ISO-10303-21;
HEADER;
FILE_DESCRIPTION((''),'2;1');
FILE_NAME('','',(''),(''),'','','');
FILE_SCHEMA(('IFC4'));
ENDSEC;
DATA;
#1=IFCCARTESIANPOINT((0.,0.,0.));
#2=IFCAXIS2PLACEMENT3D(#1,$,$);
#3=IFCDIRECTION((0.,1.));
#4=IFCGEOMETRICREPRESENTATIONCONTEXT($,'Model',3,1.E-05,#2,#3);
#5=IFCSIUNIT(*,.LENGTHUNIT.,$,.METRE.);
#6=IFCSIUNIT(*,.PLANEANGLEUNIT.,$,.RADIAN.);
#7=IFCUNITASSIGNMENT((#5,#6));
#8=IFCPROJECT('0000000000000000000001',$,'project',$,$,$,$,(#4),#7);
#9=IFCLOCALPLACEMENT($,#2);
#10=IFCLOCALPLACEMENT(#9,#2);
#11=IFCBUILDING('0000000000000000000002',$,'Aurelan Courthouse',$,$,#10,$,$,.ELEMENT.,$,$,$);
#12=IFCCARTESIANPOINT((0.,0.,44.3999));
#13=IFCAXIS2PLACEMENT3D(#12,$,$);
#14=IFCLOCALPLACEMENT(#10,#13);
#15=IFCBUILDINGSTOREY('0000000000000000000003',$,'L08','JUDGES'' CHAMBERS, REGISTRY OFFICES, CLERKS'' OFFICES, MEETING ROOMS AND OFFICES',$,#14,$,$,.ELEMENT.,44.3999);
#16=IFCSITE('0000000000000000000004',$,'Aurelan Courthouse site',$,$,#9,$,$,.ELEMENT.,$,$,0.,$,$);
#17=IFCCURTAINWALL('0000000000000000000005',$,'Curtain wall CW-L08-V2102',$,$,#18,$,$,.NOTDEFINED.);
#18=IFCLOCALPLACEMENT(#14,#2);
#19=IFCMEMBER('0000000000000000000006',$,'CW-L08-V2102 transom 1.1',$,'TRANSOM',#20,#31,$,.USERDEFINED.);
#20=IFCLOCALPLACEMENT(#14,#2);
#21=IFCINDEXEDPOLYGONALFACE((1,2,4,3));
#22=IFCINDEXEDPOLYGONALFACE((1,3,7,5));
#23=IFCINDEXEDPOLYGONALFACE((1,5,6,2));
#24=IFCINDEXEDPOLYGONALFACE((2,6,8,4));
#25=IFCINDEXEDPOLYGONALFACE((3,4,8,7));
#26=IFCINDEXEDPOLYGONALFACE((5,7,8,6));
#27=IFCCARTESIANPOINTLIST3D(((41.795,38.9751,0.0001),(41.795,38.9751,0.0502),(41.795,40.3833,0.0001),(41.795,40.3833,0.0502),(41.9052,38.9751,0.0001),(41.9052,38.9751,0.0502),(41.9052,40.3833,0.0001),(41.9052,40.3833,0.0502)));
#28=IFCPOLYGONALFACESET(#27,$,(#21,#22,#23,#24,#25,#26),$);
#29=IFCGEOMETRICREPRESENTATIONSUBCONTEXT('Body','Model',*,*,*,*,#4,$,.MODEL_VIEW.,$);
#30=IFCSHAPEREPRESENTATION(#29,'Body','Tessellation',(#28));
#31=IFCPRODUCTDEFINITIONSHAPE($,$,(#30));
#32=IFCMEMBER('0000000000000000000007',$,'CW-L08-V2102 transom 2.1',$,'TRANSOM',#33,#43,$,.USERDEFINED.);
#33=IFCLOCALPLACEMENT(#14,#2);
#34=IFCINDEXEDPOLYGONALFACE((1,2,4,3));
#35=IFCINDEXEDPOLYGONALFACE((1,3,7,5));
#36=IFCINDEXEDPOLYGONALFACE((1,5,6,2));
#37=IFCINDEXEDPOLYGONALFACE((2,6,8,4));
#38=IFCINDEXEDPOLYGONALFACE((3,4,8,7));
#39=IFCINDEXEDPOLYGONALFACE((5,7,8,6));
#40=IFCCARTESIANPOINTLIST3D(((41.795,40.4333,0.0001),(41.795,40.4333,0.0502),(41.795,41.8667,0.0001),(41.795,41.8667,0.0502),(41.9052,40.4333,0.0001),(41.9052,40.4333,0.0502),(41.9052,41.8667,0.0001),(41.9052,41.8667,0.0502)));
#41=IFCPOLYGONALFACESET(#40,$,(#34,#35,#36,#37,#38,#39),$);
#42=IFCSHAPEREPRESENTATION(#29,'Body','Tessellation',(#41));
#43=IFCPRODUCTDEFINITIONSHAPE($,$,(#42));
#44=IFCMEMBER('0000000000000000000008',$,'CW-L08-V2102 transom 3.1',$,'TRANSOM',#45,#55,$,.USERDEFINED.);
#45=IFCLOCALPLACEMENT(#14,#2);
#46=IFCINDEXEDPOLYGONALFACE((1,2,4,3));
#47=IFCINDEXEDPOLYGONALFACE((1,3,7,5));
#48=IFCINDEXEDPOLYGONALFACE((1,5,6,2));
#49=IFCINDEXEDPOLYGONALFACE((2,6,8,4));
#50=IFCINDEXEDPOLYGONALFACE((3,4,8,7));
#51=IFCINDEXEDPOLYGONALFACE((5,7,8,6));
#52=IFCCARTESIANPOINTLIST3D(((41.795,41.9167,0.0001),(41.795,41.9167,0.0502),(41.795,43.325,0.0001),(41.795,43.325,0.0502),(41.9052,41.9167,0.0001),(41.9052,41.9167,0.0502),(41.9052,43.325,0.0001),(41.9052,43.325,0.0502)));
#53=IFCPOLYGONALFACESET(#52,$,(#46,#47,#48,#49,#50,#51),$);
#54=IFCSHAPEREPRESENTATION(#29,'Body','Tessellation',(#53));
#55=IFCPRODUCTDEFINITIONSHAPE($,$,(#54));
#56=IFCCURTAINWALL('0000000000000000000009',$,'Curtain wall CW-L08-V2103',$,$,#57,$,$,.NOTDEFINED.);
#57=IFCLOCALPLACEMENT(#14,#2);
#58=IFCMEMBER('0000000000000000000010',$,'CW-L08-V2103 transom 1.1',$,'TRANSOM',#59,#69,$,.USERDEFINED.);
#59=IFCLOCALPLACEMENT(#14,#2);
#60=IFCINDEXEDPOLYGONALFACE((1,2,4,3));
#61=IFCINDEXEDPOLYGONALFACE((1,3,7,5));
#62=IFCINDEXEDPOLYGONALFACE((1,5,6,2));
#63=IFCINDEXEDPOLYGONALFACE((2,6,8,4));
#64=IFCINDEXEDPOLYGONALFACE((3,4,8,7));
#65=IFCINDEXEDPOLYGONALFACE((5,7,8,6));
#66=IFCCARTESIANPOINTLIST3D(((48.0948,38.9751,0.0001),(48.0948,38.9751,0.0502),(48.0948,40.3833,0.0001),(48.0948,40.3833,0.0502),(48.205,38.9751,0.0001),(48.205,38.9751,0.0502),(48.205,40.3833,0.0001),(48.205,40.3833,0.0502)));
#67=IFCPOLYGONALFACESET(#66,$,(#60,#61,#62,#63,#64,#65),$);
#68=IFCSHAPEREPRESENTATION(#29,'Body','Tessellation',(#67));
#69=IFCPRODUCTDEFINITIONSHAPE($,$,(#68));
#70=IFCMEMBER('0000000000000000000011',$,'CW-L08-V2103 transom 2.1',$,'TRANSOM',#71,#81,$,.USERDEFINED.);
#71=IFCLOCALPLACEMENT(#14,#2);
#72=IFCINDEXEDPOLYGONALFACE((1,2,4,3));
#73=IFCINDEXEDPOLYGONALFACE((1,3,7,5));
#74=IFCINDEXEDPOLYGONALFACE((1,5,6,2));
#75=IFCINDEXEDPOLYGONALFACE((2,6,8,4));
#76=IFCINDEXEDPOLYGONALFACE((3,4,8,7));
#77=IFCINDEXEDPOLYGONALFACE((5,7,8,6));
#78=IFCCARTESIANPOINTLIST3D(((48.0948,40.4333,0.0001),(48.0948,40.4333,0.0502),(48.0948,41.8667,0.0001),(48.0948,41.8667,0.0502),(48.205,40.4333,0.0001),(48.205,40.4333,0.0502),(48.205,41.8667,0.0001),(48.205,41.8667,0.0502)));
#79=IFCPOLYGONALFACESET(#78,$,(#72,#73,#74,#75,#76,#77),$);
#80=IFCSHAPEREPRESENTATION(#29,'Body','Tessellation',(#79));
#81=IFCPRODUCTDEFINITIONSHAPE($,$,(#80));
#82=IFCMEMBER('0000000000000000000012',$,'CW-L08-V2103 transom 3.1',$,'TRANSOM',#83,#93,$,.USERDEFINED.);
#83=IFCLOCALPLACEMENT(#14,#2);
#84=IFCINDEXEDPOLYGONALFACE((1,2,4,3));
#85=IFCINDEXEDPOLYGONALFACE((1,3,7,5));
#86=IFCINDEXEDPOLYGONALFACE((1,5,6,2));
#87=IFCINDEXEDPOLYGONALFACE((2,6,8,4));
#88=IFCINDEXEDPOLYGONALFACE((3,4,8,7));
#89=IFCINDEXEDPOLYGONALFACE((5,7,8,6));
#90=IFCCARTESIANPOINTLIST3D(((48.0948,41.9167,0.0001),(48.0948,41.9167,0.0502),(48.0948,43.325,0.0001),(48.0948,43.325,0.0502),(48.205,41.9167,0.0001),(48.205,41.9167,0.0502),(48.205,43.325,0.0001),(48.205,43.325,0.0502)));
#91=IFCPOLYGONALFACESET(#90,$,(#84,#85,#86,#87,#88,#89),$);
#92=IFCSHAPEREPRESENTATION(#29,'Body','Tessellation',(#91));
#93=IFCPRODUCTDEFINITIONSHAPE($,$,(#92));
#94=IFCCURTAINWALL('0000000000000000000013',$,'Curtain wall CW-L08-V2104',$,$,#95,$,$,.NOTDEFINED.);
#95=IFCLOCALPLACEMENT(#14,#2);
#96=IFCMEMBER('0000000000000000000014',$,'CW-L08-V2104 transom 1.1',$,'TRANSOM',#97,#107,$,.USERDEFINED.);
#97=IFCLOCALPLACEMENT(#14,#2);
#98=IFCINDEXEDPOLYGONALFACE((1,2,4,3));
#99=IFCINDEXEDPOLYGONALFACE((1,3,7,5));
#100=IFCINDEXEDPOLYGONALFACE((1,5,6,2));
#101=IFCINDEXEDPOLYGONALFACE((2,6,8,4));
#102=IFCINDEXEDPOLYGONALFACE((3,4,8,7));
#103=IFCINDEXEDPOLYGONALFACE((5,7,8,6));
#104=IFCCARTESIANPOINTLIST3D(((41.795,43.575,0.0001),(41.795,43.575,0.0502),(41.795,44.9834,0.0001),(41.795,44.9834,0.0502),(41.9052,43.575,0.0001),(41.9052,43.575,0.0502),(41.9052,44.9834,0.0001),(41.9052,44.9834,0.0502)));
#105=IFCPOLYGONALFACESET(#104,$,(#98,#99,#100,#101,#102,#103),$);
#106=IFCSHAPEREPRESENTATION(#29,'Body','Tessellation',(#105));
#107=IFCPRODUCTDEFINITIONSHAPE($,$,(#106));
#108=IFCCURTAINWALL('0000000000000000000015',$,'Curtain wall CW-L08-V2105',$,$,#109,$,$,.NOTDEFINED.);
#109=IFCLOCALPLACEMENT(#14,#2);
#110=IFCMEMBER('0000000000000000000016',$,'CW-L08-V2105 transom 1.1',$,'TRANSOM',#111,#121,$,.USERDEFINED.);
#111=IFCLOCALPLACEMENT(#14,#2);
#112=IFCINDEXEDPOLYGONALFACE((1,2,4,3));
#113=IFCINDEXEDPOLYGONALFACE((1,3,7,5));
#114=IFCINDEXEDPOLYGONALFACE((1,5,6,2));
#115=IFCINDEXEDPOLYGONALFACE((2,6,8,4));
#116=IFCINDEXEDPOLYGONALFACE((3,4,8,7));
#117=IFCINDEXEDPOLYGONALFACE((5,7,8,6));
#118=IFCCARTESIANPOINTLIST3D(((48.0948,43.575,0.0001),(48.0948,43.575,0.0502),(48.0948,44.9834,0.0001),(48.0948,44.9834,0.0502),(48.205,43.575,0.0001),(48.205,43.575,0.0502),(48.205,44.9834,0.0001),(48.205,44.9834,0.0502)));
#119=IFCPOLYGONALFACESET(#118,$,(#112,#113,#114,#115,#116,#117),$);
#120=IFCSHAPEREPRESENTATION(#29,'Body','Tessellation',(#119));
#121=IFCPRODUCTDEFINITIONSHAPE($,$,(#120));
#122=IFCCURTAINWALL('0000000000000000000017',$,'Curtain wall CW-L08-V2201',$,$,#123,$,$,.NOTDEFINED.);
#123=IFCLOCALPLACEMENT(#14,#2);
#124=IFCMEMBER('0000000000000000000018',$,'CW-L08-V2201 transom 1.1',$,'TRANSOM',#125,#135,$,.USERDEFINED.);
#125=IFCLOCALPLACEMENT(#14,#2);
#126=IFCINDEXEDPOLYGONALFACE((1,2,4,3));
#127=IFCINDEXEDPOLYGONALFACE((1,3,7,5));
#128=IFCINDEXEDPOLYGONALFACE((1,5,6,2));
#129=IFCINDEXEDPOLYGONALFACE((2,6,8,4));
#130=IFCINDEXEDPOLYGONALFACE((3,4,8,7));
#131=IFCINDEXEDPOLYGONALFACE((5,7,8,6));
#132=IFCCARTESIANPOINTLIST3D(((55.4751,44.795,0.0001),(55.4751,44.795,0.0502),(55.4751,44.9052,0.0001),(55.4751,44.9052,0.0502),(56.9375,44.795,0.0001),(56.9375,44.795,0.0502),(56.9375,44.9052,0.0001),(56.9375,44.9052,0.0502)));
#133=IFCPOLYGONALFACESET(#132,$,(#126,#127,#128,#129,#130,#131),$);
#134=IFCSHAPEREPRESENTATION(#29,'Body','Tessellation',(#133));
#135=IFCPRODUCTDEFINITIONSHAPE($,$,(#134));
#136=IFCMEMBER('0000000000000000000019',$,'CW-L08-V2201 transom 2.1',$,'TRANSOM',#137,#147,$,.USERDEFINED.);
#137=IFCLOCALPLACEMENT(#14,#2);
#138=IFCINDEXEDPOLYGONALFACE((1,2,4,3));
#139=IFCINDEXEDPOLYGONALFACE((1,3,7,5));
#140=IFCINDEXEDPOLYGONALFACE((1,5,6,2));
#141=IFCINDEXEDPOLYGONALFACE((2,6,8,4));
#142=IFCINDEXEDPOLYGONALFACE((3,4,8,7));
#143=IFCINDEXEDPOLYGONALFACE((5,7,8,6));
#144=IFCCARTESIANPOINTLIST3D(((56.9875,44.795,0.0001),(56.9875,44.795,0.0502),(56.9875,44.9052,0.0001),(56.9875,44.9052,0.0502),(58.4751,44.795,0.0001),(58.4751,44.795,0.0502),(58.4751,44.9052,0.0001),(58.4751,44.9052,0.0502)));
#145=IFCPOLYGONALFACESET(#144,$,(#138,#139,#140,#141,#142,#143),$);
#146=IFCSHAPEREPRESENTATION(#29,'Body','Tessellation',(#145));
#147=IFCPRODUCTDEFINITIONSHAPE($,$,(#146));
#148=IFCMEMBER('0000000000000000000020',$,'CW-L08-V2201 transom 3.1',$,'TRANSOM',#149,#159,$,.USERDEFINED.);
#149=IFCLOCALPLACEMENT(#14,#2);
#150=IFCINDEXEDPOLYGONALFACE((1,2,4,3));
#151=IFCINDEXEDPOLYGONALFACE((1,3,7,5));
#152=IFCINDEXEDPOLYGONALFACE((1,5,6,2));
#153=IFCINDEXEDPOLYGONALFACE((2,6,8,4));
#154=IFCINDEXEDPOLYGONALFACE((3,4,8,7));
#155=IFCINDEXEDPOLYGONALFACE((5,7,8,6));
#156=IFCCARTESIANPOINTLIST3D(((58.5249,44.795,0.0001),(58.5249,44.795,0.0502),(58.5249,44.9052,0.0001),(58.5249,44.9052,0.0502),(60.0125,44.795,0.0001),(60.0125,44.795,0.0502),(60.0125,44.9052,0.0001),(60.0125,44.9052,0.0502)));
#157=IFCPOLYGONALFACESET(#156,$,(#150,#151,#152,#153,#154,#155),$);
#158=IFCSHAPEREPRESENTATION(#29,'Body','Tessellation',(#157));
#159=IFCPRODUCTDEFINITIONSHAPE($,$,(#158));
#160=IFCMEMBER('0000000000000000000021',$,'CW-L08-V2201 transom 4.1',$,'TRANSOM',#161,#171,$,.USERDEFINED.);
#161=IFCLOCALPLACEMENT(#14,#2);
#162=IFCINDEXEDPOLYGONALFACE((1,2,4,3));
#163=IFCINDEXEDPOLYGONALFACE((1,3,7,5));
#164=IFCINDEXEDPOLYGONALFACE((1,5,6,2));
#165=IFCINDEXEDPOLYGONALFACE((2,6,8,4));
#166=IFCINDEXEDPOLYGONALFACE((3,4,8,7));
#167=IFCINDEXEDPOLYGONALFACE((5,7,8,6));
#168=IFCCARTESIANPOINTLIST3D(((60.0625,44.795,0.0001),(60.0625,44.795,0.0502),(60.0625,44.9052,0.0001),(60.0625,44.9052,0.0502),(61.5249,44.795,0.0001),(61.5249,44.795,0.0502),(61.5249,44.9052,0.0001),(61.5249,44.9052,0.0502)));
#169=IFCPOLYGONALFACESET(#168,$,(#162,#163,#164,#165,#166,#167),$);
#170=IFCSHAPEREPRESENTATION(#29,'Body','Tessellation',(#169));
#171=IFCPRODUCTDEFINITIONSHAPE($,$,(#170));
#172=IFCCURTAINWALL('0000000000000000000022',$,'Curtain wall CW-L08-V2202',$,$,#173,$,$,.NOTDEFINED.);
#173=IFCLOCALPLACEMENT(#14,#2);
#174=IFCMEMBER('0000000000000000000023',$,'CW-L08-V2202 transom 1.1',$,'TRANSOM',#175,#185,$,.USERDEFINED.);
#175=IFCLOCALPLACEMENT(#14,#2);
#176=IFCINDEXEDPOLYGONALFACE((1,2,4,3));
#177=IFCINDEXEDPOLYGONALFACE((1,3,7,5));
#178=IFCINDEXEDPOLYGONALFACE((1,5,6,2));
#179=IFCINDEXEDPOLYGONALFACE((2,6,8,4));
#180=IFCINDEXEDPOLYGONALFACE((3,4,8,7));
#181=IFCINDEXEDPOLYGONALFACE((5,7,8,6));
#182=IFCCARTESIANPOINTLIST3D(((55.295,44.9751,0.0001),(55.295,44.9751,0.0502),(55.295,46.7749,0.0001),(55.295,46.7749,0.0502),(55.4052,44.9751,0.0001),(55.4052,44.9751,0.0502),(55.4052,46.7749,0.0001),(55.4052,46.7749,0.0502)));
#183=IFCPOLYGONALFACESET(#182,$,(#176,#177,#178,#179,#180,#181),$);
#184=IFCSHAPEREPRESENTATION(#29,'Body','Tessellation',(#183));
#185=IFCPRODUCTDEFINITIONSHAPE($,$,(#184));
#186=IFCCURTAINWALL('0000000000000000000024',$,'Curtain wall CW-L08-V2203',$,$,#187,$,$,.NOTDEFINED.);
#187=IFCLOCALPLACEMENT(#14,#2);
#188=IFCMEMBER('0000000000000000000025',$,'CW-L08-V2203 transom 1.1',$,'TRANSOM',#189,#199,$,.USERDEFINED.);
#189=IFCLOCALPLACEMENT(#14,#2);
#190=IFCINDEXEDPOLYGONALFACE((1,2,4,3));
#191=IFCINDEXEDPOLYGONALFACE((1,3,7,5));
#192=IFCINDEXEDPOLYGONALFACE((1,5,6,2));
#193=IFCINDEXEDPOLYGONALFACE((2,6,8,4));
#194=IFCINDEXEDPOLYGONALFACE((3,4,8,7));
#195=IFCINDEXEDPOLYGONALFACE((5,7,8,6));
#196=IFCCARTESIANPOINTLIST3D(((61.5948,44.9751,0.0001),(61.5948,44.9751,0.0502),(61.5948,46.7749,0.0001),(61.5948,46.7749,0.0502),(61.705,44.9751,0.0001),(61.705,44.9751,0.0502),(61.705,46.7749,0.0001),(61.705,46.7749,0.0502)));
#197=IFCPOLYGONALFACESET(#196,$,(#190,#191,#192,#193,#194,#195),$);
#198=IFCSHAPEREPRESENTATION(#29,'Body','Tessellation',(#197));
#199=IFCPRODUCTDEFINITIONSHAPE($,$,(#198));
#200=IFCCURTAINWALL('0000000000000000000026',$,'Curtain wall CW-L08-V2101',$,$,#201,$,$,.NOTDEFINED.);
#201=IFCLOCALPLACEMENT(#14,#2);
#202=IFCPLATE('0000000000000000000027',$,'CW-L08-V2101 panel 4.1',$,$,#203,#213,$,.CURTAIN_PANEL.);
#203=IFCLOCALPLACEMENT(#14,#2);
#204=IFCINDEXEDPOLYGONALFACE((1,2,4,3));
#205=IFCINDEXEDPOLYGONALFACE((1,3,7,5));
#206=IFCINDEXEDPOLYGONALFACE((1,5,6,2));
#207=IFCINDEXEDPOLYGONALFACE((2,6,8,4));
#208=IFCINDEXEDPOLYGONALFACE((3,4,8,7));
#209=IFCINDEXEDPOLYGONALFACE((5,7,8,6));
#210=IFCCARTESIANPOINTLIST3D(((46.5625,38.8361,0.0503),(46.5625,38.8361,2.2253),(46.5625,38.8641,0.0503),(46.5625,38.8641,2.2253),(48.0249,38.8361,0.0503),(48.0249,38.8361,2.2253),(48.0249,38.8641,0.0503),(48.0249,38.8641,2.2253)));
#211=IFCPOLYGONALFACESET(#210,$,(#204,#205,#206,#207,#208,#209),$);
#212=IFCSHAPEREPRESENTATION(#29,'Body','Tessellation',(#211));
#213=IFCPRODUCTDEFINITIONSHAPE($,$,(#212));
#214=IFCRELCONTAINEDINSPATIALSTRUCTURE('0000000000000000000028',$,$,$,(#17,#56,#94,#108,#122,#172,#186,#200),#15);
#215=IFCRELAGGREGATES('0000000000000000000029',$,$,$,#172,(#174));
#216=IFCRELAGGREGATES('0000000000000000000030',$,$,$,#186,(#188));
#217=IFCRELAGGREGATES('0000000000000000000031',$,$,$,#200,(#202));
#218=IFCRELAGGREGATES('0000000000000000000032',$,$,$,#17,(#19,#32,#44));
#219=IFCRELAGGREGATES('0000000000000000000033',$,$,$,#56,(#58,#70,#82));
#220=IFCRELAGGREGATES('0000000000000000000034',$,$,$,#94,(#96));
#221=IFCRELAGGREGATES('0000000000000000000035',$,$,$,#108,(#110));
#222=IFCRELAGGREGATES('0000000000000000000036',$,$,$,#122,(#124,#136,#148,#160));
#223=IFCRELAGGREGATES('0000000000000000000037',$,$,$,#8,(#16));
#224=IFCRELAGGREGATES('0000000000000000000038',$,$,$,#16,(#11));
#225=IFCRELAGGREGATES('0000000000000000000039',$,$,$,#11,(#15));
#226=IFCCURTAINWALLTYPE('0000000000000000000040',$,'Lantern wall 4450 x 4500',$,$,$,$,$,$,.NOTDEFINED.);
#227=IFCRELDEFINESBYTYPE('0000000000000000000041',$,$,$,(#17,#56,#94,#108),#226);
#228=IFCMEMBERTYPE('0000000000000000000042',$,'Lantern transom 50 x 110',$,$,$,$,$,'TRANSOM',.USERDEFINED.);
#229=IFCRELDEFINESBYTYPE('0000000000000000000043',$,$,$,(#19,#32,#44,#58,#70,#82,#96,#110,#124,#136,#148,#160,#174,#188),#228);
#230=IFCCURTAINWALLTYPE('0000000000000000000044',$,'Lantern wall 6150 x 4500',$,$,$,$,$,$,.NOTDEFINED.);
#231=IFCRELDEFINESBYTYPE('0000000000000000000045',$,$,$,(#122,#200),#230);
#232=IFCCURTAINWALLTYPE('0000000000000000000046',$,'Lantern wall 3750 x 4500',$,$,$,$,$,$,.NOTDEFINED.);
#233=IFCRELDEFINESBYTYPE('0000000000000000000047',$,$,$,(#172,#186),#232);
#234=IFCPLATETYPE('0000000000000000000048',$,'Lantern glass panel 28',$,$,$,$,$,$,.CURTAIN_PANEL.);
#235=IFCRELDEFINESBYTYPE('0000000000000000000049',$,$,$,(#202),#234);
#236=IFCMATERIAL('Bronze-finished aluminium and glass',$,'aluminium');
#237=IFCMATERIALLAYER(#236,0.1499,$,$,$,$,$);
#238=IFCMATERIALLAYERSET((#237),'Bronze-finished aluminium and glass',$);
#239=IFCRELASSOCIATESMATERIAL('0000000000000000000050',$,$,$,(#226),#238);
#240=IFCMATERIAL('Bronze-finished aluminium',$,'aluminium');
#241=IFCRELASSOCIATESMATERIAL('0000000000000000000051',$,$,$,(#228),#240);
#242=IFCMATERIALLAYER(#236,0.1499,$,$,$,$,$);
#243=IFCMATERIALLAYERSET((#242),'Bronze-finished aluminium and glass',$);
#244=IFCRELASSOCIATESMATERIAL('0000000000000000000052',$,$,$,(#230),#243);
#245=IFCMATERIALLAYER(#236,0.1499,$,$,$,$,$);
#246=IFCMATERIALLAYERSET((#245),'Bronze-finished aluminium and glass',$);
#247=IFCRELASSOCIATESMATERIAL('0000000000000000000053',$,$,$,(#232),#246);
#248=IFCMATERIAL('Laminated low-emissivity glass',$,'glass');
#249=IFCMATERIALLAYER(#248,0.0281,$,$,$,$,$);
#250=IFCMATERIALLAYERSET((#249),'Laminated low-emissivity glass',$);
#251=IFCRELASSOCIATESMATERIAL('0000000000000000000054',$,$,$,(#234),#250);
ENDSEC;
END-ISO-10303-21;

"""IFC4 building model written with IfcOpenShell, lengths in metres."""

from ifc_helpers import new_model, si_unit, direction, frame, origin, origin_2d, place, context, subcontext, project, spatial, rectangle, extrude, material, layer, layer_set, material_profile, profile_set, type_object, element, aggregate, save


model = new_model("IFC4")

# Units and contexts
model_context = context("Model", 3, precision=1e-05, world=origin(), true_north=direction((0.0, 1.0)))
body_context = subcontext(model_context, "Body", "Model", "MODEL_VIEW")
ifc_project = project(units=[si_unit("LENGTHUNIT", "METRE"), si_unit("PLANEANGLEUNIT", "RADIAN")], contexts=[model_context])

# Site, building, storey
site_placement = place(None, origin())
site = spatial("IfcSite", under=ifc_project, at=site_placement, Name="Aurelan Courthouse site", CompositionType="ELEMENT", RefElevation=0.0)
building_placement = place(site_placement, origin())
building = spatial("IfcBuilding", under=site, at=building_placement, Name="Aurelan Courthouse", CompositionType="ELEMENT")
storey_placement = place(building_placement, frame((0.0, 0.0, 44.3999)))
storey = spatial("IfcBuildingStorey", under=building, at=storey_placement, Name="L08", Description="JUDGES' CHAMBERS, REGISTRY OFFICES, CLERKS' OFFICES, MEETING ROOMS AND OFFICES", CompositionType="ELEMENT", Elevation=44.3999)

# Curtain walls, members
ifc_material_1 = material(Name="Bronze-finished aluminium and glass", Category="aluminium")
ifc_layer_1 = layer(ifc_material_1, 0.1499)
ifc_layer_set_1 = layer_set([ifc_layer_1], Name="Bronze-finished aluminium and glass")
curtain_wall_type_1 = type_object("IfcCurtainWallType", Name="Lantern wall 4450 x 4500", PredefinedType="NOTDEFINED", material=ifc_layer_set_1)
curtain_wall_1_placement = place(storey_placement, origin())
curtain_wall_1 = element("IfcCurtainWall", 1, at=curtain_wall_1_placement, inside=storey, type_object=curtain_wall_type_1, Name="Curtain wall CW-L08-V2102", PredefinedType="NOTDEFINED")
ifc_material_2 = material(Name="Bronze-finished aluminium", Category="aluminium")
ifc_material_profile = material_profile(ifc_material_2, rectangle(XDim=0.1101, YDim=0.05, at=origin_2d()), Name="Lantern transom 50 x 110")
ifc_profile_set = profile_set([ifc_material_profile], Name="Bronze-finished aluminium")
member_type = type_object("IfcMemberType", Name="Lantern transom 50 x 110", ElementType="TRANSOM", PredefinedType="USERDEFINED", material=ifc_profile_set)
member_1_placement = place(storey_placement, frame((41.8501, 38.9751, 0.0251), z_axis=(0.0, 1.0, 0.0), x_axis=(-1.0, 0.0, 0.0)))
member_1 = element("IfcMember", 2, at=member_1_placement, type_object=member_type, Name="CW-L08-V2102 transom 1.1", ObjectType="TRANSOM", PredefinedType="USERDEFINED", context=body_context, shape_type="SweptSolid", body=[
    extrude(rectangle(XDim=0.1101, YDim=0.05, at=origin_2d()), origin(), (0.0, 0.0, 1.0), 1.4082),
])
member_2_placement = place(storey_placement, frame((41.8501, 40.4333, 0.0251), z_axis=(0.0, 1.0, 0.0), x_axis=(-1.0, 0.0, 0.0)))
member_2 = element("IfcMember", 3, at=member_2_placement, type_object=member_type, Name="CW-L08-V2102 transom 2.1", ObjectType="TRANSOM", PredefinedType="USERDEFINED", context=body_context, shape_type="SweptSolid", body=[
    extrude(rectangle(XDim=0.1101, YDim=0.05, at=origin_2d()), origin(), (0.0, 0.0, 1.0), 1.4333),
])
member_3_placement = place(storey_placement, frame((41.8501, 41.9167, 0.0251), z_axis=(0.0, 1.0, 0.0), x_axis=(-1.0, 0.0, 0.0)))
member_3 = element("IfcMember", 4, at=member_3_placement, type_object=member_type, Name="CW-L08-V2102 transom 3.1", ObjectType="TRANSOM", PredefinedType="USERDEFINED", context=body_context, shape_type="SweptSolid", body=[
    extrude(rectangle(XDim=0.1101, YDim=0.05, at=origin_2d()), origin(), (0.0, 0.0, 1.0), 1.4082),
])
curtain_wall_2_placement = place(storey_placement, origin())
curtain_wall_2 = element("IfcCurtainWall", 5, at=curtain_wall_2_placement, inside=storey, type_object=curtain_wall_type_1, Name="Curtain wall CW-L08-V2103", PredefinedType="NOTDEFINED")
member_4_placement = place(storey_placement, frame((48.1499, 38.9751, 0.0251), z_axis=(0.0, 1.0, 0.0), x_axis=(-1.0, 0.0, 0.0)))
member_4 = element("IfcMember", 6, at=member_4_placement, type_object=member_type, Name="CW-L08-V2103 transom 1.1", ObjectType="TRANSOM", PredefinedType="USERDEFINED", context=body_context, shape_type="SweptSolid", body=[
    extrude(rectangle(XDim=0.1101, YDim=0.05, at=origin_2d()), origin(), (0.0, 0.0, 1.0), 1.4082),
])
member_5_placement = place(storey_placement, frame((48.1499, 40.4333, 0.0251), z_axis=(0.0, 1.0, 0.0), x_axis=(-1.0, 0.0, 0.0)))
member_5 = element("IfcMember", 7, at=member_5_placement, type_object=member_type, Name="CW-L08-V2103 transom 2.1", ObjectType="TRANSOM", PredefinedType="USERDEFINED", context=body_context, shape_type="SweptSolid", body=[
    extrude(rectangle(XDim=0.1101, YDim=0.05, at=origin_2d()), origin(), (0.0, 0.0, 1.0), 1.4333),
])
member_6_placement = place(storey_placement, frame((48.1499, 41.9167, 0.0251), z_axis=(0.0, 1.0, 0.0), x_axis=(-1.0, 0.0, 0.0)))
member_6 = element("IfcMember", 8, at=member_6_placement, type_object=member_type, Name="CW-L08-V2103 transom 3.1", ObjectType="TRANSOM", PredefinedType="USERDEFINED", context=body_context, shape_type="SweptSolid", body=[
    extrude(rectangle(XDim=0.1101, YDim=0.05, at=origin_2d()), origin(), (0.0, 0.0, 1.0), 1.4082),
])

# Curtain walls, members
curtain_wall_3_placement = place(storey_placement, origin())
curtain_wall_3 = element("IfcCurtainWall", 9, at=curtain_wall_3_placement, inside=storey, type_object=curtain_wall_type_1, Name="Curtain wall CW-L08-V2104", PredefinedType="NOTDEFINED")
member_7_placement = place(storey_placement, frame((41.8501, 43.575, 0.0251), z_axis=(0.0, 1.0, 0.0), x_axis=(-1.0, 0.0, 0.0)))
member_7 = element("IfcMember", 10, at=member_7_placement, type_object=member_type, Name="CW-L08-V2104 transom 1.1", ObjectType="TRANSOM", PredefinedType="USERDEFINED", context=body_context, shape_type="SweptSolid", body=[
    extrude(rectangle(XDim=0.1101, YDim=0.05, at=origin_2d()), origin(), (0.0, 0.0, 1.0), 1.4084),
])
curtain_wall_4_placement = place(storey_placement, origin())
curtain_wall_4 = element("IfcCurtainWall", 11, at=curtain_wall_4_placement, inside=storey, type_object=curtain_wall_type_1, Name="Curtain wall CW-L08-V2105", PredefinedType="NOTDEFINED")
member_8_placement = place(storey_placement, frame((48.1499, 43.575, 0.0251), z_axis=(0.0, 1.0, 0.0), x_axis=(-1.0, 0.0, 0.0)))
member_8 = element("IfcMember", 12, at=member_8_placement, type_object=member_type, Name="CW-L08-V2105 transom 1.1", ObjectType="TRANSOM", PredefinedType="USERDEFINED", context=body_context, shape_type="SweptSolid", body=[
    extrude(rectangle(XDim=0.1101, YDim=0.05, at=origin_2d()), origin(), (0.0, 0.0, 1.0), 1.4084),
])

# Curtain wall, members
ifc_layer_2 = layer(ifc_material_1, 0.1499)
ifc_layer_set_2 = layer_set([ifc_layer_2], Name="Bronze-finished aluminium and glass")
curtain_wall_type_2 = type_object("IfcCurtainWallType", Name="Lantern wall 6150 x 4500", PredefinedType="NOTDEFINED", material=ifc_layer_set_2)
curtain_wall_5_placement = place(storey_placement, origin())
curtain_wall_5 = element("IfcCurtainWall", 13, at=curtain_wall_5_placement, inside=storey, type_object=curtain_wall_type_2, Name="Curtain wall CW-L08-V2201", PredefinedType="NOTDEFINED")
member_9_placement = place(storey_placement, frame((55.4751, 44.8501, 0.0251), z_axis=(1.0, 0.0, 0.0), x_axis=(0.0, 1.0, 0.0)))
member_9 = element("IfcMember", 14, at=member_9_placement, type_object=member_type, Name="CW-L08-V2201 transom 1.1", ObjectType="TRANSOM", PredefinedType="USERDEFINED", context=body_context, shape_type="SweptSolid", body=[
    extrude(rectangle(XDim=0.1101, YDim=0.05, at=origin_2d()), origin(), (0.0, 0.0, 1.0), 1.4624),
])
member_10_placement = place(storey_placement, frame((56.9875, 44.8501, 0.0251), z_axis=(1.0, 0.0, 0.0), x_axis=(0.0, 1.0, 0.0)))
member_10 = element("IfcMember", 15, at=member_10_placement, type_object=member_type, Name="CW-L08-V2201 transom 2.1", ObjectType="TRANSOM", PredefinedType="USERDEFINED", context=body_context, shape_type="SweptSolid", body=[
    extrude(rectangle(XDim=0.1101, YDim=0.05, at=origin_2d()), origin(), (0.0, 0.0, 1.0), 1.4875),
])
member_11_placement = place(storey_placement, frame((58.5249, 44.8501, 0.0251), z_axis=(1.0, 0.0, 0.0), x_axis=(0.0, 1.0, 0.0)))
member_11 = element("IfcMember", 16, at=member_11_placement, type_object=member_type, Name="CW-L08-V2201 transom 3.1", ObjectType="TRANSOM", PredefinedType="USERDEFINED", context=body_context, shape_type="SweptSolid", body=[
    extrude(rectangle(XDim=0.1101, YDim=0.05, at=origin_2d()), origin(), (0.0, 0.0, 1.0), 1.4875),
])
member_12_placement = place(storey_placement, frame((60.0625, 44.8501, 0.0251), z_axis=(1.0, 0.0, 0.0), x_axis=(0.0, 1.0, 0.0)))
member_12 = element("IfcMember", 17, at=member_12_placement, type_object=member_type, Name="CW-L08-V2201 transom 4.1", ObjectType="TRANSOM", PredefinedType="USERDEFINED", context=body_context, shape_type="SweptSolid", body=[
    extrude(rectangle(XDim=0.1101, YDim=0.05, at=origin_2d()), origin(), (0.0, 0.0, 1.0), 1.4624),
])

# Curtain walls, members
ifc_layer_3 = layer(ifc_material_1, 0.1499)
ifc_layer_set_3 = layer_set([ifc_layer_3], Name="Bronze-finished aluminium and glass")
curtain_wall_type_3 = type_object("IfcCurtainWallType", Name="Lantern wall 3750 x 4500", PredefinedType="NOTDEFINED", material=ifc_layer_set_3)
curtain_wall_6_placement = place(storey_placement, origin())
curtain_wall_6 = element("IfcCurtainWall", 18, at=curtain_wall_6_placement, inside=storey, type_object=curtain_wall_type_3, Name="Curtain wall CW-L08-V2202", PredefinedType="NOTDEFINED")
member_13_placement = place(storey_placement, frame((55.3501, 44.9751, 0.0251), z_axis=(0.0, 1.0, 0.0), x_axis=(-1.0, 0.0, 0.0)))
member_13 = element("IfcMember", 19, at=member_13_placement, type_object=member_type, Name="CW-L08-V2202 transom 1.1", ObjectType="TRANSOM", PredefinedType="USERDEFINED", context=body_context, shape_type="SweptSolid", body=[
    extrude(rectangle(XDim=0.1101, YDim=0.05, at=origin_2d()), origin(), (0.0, 0.0, 1.0), 1.7998),
])
aggregate(curtain_wall_6, [member_13])
curtain_wall_7_placement = place(storey_placement, origin())
curtain_wall_7 = element("IfcCurtainWall", 20, at=curtain_wall_7_placement, inside=storey, type_object=curtain_wall_type_3, Name="Curtain wall CW-L08-V2203", PredefinedType="NOTDEFINED")
member_14_placement = place(storey_placement, frame((61.6499, 44.9751, 0.0251), z_axis=(0.0, 1.0, 0.0), x_axis=(-1.0, 0.0, 0.0)))
member_14 = element("IfcMember", 21, at=member_14_placement, type_object=member_type, Name="CW-L08-V2203 transom 1.1", ObjectType="TRANSOM", PredefinedType="USERDEFINED", context=body_context, shape_type="SweptSolid", body=[
    extrude(rectangle(XDim=0.1101, YDim=0.05, at=origin_2d()), origin(), (0.0, 0.0, 1.0), 1.7998),
])
aggregate(curtain_wall_7, [member_14])

# Curtain wall, plate
curtain_wall_8_placement = place(storey_placement, origin())
curtain_wall_8 = element("IfcCurtainWall", 22, at=curtain_wall_8_placement, inside=storey, type_object=curtain_wall_type_2, Name="Curtain wall CW-L08-V2101", PredefinedType="NOTDEFINED")
ifc_material_3 = material(Name="Laminated low-emissivity glass", Category="glass")
ifc_layer_4 = layer(ifc_material_3, 0.0281)
ifc_layer_set_4 = layer_set([ifc_layer_4], Name="Laminated low-emissivity glass")
plate_type = type_object("IfcPlateType", Name="Lantern glass panel 28", PredefinedType="CURTAIN_PANEL", material=ifc_layer_set_4)
plate_1_placement = place(storey_placement, frame((47.2937, 38.8501, 0.0503), z_axis=(0.0, 0.0, 1.0), x_axis=(1.0, 0.0, 0.0)))
plate_1 = element("IfcPlate", 23, at=plate_1_placement, type_object=plate_type, Name="CW-L08-V2101 panel 4.1", PredefinedType="CURTAIN_PANEL", context=body_context, shape_type="SweptSolid", body=[
    extrude(rectangle(XDim=1.4624, YDim=0.0281, at=origin_2d()), origin(), (0.0, 0.0, 1.0), 2.175),
])
aggregate(curtain_wall_8, [plate_1])

aggregate(curtain_wall_1, [member_1, member_2, member_3])
aggregate(curtain_wall_2, [member_4, member_5, member_6])
aggregate(curtain_wall_3, [member_7])
aggregate(curtain_wall_4, [member_8])
aggregate(curtain_wall_5, [member_9, member_10, member_11, member_12])

save(model, "model.ifc")
